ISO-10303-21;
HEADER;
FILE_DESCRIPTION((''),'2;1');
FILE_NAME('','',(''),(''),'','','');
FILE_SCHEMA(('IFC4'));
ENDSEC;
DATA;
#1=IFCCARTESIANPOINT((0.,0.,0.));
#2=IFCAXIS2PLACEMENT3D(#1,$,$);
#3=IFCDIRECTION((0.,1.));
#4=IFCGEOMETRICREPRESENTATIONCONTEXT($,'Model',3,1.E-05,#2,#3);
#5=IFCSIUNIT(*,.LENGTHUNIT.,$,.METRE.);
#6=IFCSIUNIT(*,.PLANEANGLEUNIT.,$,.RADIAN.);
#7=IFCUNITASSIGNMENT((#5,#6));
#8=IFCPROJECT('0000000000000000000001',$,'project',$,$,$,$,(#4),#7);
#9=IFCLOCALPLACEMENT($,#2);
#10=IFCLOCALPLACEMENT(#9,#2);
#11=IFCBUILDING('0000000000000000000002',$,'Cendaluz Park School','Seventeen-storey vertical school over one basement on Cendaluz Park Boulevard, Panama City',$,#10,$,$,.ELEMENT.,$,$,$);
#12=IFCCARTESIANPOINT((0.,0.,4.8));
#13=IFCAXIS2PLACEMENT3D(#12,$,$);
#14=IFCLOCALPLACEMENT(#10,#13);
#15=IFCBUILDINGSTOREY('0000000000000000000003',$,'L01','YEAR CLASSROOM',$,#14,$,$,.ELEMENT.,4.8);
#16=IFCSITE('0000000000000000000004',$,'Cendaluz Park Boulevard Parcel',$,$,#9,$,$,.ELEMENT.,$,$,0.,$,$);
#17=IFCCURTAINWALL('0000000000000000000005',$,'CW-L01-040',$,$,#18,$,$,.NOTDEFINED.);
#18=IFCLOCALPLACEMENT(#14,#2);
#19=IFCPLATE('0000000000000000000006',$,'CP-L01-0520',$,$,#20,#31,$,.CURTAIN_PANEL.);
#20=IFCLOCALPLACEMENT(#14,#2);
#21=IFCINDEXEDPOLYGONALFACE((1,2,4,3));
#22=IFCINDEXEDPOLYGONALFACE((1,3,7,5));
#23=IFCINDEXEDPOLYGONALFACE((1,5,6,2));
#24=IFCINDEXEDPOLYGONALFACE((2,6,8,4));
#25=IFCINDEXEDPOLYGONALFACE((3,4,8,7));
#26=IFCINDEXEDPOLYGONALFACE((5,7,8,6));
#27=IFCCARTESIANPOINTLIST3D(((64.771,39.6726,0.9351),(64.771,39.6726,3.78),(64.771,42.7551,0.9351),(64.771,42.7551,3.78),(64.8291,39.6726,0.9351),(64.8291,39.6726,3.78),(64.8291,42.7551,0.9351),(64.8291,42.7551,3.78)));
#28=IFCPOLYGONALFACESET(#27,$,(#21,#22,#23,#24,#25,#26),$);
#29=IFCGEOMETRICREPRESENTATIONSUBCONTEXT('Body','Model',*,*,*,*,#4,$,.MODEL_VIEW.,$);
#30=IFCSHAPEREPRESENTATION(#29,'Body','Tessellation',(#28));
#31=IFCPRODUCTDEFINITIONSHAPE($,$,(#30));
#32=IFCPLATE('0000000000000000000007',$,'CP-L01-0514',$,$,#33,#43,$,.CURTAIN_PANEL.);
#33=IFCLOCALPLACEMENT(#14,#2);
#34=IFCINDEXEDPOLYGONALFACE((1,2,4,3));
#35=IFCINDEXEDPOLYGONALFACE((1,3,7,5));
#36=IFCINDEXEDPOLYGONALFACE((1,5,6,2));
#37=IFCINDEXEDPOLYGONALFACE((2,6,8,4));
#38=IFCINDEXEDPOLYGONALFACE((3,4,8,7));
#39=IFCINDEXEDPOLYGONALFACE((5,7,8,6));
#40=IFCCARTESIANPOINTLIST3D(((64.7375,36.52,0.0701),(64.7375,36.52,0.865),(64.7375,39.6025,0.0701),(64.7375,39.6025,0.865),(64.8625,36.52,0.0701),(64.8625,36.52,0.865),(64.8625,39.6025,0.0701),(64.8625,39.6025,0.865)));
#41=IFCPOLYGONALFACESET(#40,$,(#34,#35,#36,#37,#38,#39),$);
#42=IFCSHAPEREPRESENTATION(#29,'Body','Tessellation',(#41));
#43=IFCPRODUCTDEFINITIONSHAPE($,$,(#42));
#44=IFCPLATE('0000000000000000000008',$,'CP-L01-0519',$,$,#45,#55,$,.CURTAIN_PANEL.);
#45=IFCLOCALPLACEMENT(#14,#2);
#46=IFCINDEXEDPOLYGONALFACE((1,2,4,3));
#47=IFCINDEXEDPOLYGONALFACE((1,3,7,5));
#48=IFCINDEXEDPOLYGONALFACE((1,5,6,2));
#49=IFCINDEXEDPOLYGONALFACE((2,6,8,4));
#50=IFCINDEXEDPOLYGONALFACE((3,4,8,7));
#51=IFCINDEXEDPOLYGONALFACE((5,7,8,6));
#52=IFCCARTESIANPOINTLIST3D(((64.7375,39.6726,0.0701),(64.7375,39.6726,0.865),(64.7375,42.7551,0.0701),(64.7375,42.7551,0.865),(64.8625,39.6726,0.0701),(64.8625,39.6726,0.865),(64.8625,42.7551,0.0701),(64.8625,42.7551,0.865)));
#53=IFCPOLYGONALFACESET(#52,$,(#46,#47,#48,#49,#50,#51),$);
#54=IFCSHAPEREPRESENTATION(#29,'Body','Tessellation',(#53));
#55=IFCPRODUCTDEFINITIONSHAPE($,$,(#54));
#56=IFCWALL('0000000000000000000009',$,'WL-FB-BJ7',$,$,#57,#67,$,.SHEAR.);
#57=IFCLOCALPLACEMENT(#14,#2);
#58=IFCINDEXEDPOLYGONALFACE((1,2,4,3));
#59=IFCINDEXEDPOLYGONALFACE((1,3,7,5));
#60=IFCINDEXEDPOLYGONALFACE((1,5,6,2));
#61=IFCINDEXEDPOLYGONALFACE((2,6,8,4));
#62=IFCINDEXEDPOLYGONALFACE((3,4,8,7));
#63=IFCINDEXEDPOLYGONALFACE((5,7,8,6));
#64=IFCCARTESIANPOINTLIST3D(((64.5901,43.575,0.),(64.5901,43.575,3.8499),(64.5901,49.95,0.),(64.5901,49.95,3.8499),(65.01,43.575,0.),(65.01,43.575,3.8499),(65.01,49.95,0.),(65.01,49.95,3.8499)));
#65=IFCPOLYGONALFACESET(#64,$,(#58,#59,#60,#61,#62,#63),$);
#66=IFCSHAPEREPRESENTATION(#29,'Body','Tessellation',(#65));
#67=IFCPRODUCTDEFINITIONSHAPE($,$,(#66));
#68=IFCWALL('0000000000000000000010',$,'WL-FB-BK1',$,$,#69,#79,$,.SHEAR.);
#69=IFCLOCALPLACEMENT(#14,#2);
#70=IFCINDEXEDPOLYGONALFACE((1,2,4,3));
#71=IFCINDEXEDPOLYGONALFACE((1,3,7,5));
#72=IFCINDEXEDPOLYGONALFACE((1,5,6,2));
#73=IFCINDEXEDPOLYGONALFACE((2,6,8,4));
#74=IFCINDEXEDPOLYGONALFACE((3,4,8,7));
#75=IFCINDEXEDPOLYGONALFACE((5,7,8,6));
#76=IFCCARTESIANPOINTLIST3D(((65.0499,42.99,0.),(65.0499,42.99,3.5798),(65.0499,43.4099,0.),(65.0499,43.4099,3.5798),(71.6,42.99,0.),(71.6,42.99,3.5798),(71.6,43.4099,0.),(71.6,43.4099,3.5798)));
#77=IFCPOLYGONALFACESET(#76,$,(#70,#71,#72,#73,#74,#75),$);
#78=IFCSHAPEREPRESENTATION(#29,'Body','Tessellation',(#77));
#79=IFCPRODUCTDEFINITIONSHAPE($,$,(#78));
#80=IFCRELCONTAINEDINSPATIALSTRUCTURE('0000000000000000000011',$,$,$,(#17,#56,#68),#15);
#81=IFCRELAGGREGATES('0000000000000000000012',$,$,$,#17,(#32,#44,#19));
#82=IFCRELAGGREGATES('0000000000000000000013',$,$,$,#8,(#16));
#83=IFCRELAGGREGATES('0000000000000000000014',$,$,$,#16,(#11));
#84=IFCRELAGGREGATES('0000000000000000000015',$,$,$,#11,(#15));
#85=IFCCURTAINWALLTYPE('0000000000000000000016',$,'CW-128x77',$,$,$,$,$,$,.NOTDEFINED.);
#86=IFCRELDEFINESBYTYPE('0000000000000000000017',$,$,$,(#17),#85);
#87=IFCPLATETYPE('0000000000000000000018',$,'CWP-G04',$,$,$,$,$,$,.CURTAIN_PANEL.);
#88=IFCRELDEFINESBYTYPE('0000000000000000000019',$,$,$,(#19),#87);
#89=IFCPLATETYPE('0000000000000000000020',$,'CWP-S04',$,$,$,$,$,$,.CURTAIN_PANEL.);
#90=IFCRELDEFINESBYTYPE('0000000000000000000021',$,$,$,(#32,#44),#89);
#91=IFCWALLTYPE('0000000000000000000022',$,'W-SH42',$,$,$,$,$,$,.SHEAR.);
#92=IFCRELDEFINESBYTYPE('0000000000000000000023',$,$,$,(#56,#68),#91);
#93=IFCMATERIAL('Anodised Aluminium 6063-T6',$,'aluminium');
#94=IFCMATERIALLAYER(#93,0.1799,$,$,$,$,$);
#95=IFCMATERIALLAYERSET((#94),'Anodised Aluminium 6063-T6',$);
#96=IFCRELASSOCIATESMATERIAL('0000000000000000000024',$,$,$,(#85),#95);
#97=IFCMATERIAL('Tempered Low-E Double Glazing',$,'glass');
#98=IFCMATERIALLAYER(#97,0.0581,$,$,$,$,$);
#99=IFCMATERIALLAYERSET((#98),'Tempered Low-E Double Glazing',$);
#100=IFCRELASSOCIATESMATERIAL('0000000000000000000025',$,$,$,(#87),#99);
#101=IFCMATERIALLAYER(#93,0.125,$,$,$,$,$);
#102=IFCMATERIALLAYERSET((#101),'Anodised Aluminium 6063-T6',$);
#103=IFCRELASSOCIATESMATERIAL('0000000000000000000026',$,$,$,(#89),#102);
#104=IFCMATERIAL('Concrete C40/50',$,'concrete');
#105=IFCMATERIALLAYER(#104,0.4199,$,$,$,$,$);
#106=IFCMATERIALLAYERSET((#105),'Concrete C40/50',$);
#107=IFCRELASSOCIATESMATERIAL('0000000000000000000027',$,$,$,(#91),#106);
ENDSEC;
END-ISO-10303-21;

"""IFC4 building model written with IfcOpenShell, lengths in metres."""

from ifc_helpers import new_model, si_unit, direction, frame, frame_2d, origin, origin_2d, place, context, subcontext, project, spatial, rectangle, extrude, material, layer, layer_set, type_object, element, aggregate, save


model = new_model("IFC4")

# Units and contexts
model_context = context("Model", 3, precision=1e-05, world=origin(), true_north=direction((0.0, 1.0)))
body_context = subcontext(model_context, "Body", "Model", "MODEL_VIEW")
ifc_project = project(units=[si_unit("LENGTHUNIT", "METRE"), si_unit("PLANEANGLEUNIT", "RADIAN")], contexts=[model_context])

# Site, building, storey
site_placement = place(None, origin())
site = spatial("IfcSite", under=ifc_project, at=site_placement, Name="Cendaluz Park Boulevard Parcel", CompositionType="ELEMENT", RefElevation=0.0)
building_placement = place(site_placement, origin())
building = spatial("IfcBuilding", under=site, at=building_placement, Name="Cendaluz Park School", Description="Seventeen-storey vertical school over one basement on Cendaluz Park Boulevard, Panama City", CompositionType="ELEMENT")
storey_placement = place(building_placement, frame((0.0, 0.0, 4.8)))
storey = spatial("IfcBuildingStorey", under=building, at=storey_placement, Name="L01", Description="YEAR CLASSROOM", CompositionType="ELEMENT", Elevation=4.8)

# Shared definitions
ifc_material_1 = material(Name="Concrete C40/50", Category="concrete")

# Curtain wall, plates
ifc_material_2 = material(Name="Anodised Aluminium 6063-T6", Category="aluminium")
ifc_layer_1 = layer(ifc_material_2, 0.1799)
ifc_layer_set_1 = layer_set([ifc_layer_1], Name="Anodised Aluminium 6063-T6")
curtain_wall_type = type_object("IfcCurtainWallType", Name="CW-128x77", PredefinedType="NOTDEFINED", material=ifc_layer_set_1)
curtain_wall_placement = place(storey_placement, origin())
curtain_wall = element("IfcCurtainWall", 1, at=curtain_wall_placement, inside=storey, type_object=curtain_wall_type, Name="CW-L01-040", PredefinedType="NOTDEFINED")
ifc_material_3 = material(Name="Tempered Low-E Double Glazing", Category="glass")
ifc_layer_2 = layer(ifc_material_3, 0.0581)
ifc_layer_set_2 = layer_set([ifc_layer_2], Name="Tempered Low-E Double Glazing")
plate_type_1 = type_object("IfcPlateType", Name="CWP-G04", PredefinedType="CURTAIN_PANEL", material=ifc_layer_set_2)
plate_1_placement = place(storey_placement, frame((64.8, 41.2139, 0.9351), z_axis=(0.0, 0.0, 1.0), x_axis=(0.0, 1.0, 0.0)))
plate_1 = element("IfcPlate", 2, at=plate_1_placement, type_object=plate_type_1, Name="CP-L01-0520", PredefinedType="CURTAIN_PANEL", context=body_context, shape_type="SweptSolid", body=[
    extrude(rectangle(XDim=3.0825, YDim=0.0581, at=origin_2d()), origin(), (0.0, 0.0, 1.0), 2.845),
])
ifc_layer_3 = layer(ifc_material_2, 0.125)
ifc_layer_set_3 = layer_set([ifc_layer_3], Name="Anodised Aluminium 6063-T6")
plate_type_2 = type_object("IfcPlateType", Name="CWP-S04", PredefinedType="CURTAIN_PANEL", material=ifc_layer_set_3)
plate_2_placement = place(storey_placement, frame((64.8, 38.0613, 0.0701), z_axis=(0.0, 0.0, 1.0), x_axis=(0.0, 1.0, 0.0)))
plate_2 = element("IfcPlate", 3, at=plate_2_placement, type_object=plate_type_2, Name="CP-L01-0514", PredefinedType="CURTAIN_PANEL", context=body_context, shape_type="SweptSolid", body=[
    extrude(rectangle(XDim=3.0825, YDim=0.125, at=origin_2d()), origin(), (0.0, 0.0, 1.0), 0.7949),
])
plate_3_placement = place(storey_placement, frame((64.8, 41.2139, 0.0701), z_axis=(0.0, 0.0, 1.0), x_axis=(0.0, 1.0, 0.0)))
plate_3 = element("IfcPlate", 4, at=plate_3_placement, type_object=plate_type_2, Name="CP-L01-0519", PredefinedType="CURTAIN_PANEL", context=body_context, shape_type="SweptSolid", body=[
    extrude(rectangle(XDim=3.0825, YDim=0.125, at=origin_2d()), origin(), (0.0, 0.0, 1.0), 0.7949),
])
aggregate(curtain_wall, [plate_2, plate_3, plate_1])

# Walls
ifc_layer_4 = layer(ifc_material_1, 0.4199)
ifc_layer_set_4 = layer_set([ifc_layer_4], Name="Concrete C40/50")
wall_type = type_object("IfcWallType", Name="W-SH42", PredefinedType="SHEAR", material=ifc_layer_set_4)
wall_1_placement = place(storey_placement, frame((64.8, 43.575, 0.0), z_axis=(0.0, 0.0, 1.0), x_axis=(0.0, 1.0, 0.0)))
element("IfcWall", 5, at=wall_1_placement, inside=storey, type_object=wall_type, Name="WL-FB-BJ7", PredefinedType="SHEAR", context=body_context, shape_type="SweptSolid", body=[
    extrude(rectangle(XDim=6.375, YDim=0.4199, at=frame_2d((3.1875, 0.0))), origin(), (0.0, 0.0, 1.0), 3.8499),
])
wall_2_placement = place(storey_placement, frame((65.05, 43.2, 0.0), z_axis=(0.0, 0.0, 1.0), x_axis=(1.0, 0.0, 0.0)))
element("IfcWall", 6, at=wall_2_placement, inside=storey, type_object=wall_type, Name="WL-FB-BK1", PredefinedType="SHEAR", context=body_context, shape_type="SweptSolid", body=[
    extrude(rectangle(XDim=6.55, YDim=0.4199, at=frame_2d((3.2749, 0.0))), origin(), (0.0, 0.0, 1.0), 3.5798),
])

save(model, "model.ifc")
